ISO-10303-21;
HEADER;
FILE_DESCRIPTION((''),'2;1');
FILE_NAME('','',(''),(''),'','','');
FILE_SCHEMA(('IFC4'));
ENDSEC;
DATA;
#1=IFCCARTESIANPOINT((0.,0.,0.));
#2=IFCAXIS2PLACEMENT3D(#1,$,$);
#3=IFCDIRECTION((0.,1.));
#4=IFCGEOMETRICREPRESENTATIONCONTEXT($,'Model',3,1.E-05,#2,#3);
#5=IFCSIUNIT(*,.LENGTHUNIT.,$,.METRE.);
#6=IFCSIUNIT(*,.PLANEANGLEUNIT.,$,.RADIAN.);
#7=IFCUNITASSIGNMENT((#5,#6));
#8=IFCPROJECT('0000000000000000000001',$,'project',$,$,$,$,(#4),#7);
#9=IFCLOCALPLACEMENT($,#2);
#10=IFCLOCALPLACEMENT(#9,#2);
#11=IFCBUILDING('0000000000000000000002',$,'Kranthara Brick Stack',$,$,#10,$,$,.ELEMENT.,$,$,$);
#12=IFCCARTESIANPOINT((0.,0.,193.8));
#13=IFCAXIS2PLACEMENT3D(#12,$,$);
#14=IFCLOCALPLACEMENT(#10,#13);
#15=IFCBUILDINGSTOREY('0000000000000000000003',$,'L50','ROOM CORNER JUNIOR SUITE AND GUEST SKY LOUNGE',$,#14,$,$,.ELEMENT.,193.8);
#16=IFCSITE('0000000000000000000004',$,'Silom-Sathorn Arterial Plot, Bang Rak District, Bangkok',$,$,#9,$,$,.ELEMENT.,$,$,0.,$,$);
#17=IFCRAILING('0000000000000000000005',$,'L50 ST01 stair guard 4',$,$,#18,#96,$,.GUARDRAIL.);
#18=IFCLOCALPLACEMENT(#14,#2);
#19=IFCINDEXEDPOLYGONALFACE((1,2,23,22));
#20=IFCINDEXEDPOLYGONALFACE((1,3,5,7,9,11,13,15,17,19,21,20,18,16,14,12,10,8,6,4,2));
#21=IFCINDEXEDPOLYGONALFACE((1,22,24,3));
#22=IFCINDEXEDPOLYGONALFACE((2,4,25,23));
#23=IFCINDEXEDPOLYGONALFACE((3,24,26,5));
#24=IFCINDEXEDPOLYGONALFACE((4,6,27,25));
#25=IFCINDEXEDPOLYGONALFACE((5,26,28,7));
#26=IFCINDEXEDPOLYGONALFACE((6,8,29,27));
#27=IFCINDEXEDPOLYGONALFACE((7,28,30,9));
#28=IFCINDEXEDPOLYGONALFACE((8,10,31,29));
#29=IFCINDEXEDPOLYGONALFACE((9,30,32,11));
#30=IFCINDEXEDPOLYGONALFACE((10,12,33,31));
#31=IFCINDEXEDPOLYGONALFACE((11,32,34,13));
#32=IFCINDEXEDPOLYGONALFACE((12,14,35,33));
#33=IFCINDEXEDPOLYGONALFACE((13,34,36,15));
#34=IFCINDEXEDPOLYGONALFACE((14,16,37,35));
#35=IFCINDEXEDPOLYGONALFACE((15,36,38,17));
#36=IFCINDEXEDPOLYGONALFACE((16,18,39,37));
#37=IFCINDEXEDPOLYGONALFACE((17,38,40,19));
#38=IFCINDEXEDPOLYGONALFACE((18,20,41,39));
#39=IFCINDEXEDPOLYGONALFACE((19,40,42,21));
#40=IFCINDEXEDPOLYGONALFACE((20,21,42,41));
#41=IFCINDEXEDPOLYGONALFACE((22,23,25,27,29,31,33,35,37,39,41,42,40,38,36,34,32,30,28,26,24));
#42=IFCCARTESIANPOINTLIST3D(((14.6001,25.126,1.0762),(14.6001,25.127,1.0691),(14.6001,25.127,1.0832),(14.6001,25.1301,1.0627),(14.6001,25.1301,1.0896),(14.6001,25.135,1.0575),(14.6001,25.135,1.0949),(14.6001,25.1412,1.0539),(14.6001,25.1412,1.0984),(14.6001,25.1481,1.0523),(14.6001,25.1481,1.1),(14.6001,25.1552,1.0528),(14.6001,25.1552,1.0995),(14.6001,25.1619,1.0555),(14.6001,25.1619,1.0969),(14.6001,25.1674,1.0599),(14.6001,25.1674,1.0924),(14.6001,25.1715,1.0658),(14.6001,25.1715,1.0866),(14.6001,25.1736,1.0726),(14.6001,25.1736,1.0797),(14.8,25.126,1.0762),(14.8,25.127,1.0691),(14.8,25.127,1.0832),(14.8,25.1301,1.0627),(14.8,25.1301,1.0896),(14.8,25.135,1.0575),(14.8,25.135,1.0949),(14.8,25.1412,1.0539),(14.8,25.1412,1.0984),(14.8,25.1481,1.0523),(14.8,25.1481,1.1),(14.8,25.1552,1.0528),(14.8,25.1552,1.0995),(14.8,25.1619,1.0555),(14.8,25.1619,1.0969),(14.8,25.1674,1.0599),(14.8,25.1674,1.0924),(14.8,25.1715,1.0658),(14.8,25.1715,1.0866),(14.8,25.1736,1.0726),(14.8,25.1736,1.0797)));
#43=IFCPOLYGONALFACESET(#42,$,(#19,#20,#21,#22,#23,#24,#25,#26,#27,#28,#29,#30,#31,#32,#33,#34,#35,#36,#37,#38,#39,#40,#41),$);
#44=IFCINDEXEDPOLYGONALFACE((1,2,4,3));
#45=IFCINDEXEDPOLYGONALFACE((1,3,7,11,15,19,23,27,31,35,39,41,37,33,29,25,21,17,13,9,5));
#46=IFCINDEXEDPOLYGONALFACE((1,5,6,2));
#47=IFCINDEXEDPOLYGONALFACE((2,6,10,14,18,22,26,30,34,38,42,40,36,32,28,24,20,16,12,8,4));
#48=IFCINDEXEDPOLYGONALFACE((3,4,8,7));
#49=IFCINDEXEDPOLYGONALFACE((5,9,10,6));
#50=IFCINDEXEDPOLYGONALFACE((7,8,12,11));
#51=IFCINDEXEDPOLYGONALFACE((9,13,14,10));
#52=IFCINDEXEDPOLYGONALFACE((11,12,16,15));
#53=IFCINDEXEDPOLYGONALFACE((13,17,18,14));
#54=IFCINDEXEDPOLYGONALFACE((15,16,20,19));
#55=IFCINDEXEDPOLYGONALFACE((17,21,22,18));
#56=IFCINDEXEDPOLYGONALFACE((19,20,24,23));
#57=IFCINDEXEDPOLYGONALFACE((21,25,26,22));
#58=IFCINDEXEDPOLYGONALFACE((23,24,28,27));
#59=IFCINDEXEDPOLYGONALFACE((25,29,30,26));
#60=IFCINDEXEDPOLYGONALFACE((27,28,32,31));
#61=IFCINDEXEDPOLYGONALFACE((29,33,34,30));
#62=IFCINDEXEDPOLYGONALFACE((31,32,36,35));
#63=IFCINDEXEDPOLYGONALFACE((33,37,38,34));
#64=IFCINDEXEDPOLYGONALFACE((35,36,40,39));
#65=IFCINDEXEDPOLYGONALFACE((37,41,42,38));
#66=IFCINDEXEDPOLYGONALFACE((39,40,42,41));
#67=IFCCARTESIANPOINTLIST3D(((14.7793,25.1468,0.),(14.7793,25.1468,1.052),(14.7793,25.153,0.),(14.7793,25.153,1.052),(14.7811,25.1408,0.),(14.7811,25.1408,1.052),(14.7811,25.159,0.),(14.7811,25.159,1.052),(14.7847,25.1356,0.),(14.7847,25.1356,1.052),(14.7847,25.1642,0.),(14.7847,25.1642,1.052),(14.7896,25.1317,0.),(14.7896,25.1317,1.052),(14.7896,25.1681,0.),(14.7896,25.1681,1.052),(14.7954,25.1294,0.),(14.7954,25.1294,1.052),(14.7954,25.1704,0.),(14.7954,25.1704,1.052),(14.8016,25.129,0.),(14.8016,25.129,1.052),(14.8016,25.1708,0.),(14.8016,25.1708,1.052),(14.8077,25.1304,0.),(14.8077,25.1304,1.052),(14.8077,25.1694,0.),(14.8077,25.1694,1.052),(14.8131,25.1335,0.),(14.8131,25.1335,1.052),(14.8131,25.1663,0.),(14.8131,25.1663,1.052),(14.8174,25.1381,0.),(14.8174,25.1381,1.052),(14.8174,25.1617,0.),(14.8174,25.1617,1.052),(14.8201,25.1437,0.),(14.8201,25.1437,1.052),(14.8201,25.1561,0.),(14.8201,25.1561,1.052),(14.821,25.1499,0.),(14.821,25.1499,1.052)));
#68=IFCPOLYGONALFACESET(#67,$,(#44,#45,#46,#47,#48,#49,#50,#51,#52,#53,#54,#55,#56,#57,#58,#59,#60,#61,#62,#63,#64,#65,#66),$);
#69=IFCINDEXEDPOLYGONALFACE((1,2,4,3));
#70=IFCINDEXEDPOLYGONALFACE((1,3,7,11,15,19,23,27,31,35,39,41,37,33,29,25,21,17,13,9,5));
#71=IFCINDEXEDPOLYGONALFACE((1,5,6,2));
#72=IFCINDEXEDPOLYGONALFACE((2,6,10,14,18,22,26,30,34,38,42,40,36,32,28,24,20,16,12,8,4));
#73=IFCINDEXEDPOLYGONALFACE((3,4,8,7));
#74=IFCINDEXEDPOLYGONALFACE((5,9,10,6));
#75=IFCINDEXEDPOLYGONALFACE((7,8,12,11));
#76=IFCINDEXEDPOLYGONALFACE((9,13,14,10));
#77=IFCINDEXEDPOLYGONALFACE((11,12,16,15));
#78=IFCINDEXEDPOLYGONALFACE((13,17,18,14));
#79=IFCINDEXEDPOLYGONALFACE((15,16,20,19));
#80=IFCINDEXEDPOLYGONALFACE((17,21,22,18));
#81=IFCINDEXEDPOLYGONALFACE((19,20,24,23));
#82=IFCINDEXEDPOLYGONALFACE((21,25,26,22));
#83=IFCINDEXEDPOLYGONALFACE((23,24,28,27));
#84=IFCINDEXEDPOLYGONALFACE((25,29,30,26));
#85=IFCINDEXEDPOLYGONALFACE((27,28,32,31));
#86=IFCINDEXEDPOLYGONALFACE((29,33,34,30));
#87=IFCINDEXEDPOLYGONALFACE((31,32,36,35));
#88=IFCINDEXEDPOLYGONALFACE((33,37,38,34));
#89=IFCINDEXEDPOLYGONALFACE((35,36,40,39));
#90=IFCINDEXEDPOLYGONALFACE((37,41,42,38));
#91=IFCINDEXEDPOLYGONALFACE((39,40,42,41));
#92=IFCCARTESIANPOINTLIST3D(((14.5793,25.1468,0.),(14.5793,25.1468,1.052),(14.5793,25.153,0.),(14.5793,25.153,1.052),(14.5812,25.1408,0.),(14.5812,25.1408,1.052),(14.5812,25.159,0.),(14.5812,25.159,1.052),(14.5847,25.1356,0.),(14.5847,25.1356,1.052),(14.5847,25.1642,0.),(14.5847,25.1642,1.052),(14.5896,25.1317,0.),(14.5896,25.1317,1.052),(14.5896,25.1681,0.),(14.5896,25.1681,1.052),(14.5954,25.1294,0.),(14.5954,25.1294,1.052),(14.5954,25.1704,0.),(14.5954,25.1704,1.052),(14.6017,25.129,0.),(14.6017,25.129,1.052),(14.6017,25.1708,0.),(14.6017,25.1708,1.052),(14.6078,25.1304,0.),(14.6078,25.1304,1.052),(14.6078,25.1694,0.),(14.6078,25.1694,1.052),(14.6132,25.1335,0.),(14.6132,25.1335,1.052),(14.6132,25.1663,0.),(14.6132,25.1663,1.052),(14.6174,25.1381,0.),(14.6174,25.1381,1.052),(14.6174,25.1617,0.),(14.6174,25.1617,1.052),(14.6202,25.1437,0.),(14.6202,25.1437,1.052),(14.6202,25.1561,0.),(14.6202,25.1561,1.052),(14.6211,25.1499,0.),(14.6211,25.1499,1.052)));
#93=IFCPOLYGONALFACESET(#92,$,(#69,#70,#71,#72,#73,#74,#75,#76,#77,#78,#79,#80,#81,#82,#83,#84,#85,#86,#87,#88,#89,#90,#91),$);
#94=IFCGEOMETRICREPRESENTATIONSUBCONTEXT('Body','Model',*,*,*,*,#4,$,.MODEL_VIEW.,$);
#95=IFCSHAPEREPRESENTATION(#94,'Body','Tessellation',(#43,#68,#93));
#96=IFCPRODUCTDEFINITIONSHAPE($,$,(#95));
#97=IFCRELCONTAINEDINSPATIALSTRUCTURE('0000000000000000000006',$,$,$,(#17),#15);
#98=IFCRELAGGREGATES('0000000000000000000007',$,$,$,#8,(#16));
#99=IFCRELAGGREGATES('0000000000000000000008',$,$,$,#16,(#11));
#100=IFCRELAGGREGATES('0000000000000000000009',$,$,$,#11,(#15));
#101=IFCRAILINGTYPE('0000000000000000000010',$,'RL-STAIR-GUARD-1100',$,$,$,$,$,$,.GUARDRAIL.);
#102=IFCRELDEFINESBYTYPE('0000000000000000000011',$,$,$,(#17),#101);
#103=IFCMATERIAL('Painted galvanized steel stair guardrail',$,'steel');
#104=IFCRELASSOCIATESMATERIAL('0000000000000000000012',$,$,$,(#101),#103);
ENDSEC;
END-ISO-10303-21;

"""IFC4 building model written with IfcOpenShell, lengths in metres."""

from ifc_helpers import new_model, si_unit, direction, frame, origin, origin_2d, place, context, subcontext, project, spatial, circle, extrude, material, type_object, element, save


model = new_model("IFC4")

# Units and contexts
model_context = context("Model", 3, precision=1e-05, world=origin(), true_north=direction((0.0, 1.0)))
body_context = subcontext(model_context, "Body", "Model", "MODEL_VIEW")
ifc_project = project(units=[si_unit("LENGTHUNIT", "METRE"), si_unit("PLANEANGLEUNIT", "RADIAN")], contexts=[model_context])

# Site, building, storey
site_placement = place(None, origin())
site = spatial("IfcSite", under=ifc_project, at=site_placement, Name="Silom-Sathorn Arterial Plot, Bang Rak District, Bangkok", CompositionType="ELEMENT", RefElevation=0.0)
building_placement = place(site_placement, origin())
building = spatial("IfcBuilding", under=site, at=building_placement, Name="Kranthara Brick Stack", CompositionType="ELEMENT")
storey_placement = place(building_placement, frame((0.0, 0.0, 193.8)))
storey = spatial("IfcBuildingStorey", under=building, at=storey_placement, Name="L50", Description="ROOM CORNER JUNIOR SUITE AND GUEST SKY LOUNGE", CompositionType="ELEMENT", Elevation=193.8)

# Railing
ifc_material_1 = material(Name="Painted galvanized steel stair guardrail", Category="steel")
railing_type_1 = type_object("IfcRailingType", Name="RL-STAIR-GUARD-1100", PredefinedType="GUARDRAIL", material=ifc_material_1)
railing_1_placement = place(storey_placement, frame((14.8, 25.1499, 0.0)))
element("IfcRailing", 1, at=railing_1_placement, inside=storey, type_object=railing_type_1, Name="L50 ST01 stair guard 4", PredefinedType="GUARDRAIL", context=body_context, shape_type="SweptSolid", body=[
    extrude(circle(Radius=0.0239, at=origin_2d()), frame((0.0, 0.0, 1.0762), z_axis=(-1.0, 0.0, 0.0), x_axis=(0.0, -1.0, 0.0)), (0.0, 0.0, 1.0), 0.2),
    extrude(circle(Radius=0.021, at=origin_2d()), origin(), (0.0, 0.0, 1.0), 1.052),
    extrude(circle(Radius=0.021, at=origin_2d()), frame((-0.2, 0.0, 0.0)), (0.0, 0.0, 1.0), 1.052),
])

save(model, "model.ifc")
